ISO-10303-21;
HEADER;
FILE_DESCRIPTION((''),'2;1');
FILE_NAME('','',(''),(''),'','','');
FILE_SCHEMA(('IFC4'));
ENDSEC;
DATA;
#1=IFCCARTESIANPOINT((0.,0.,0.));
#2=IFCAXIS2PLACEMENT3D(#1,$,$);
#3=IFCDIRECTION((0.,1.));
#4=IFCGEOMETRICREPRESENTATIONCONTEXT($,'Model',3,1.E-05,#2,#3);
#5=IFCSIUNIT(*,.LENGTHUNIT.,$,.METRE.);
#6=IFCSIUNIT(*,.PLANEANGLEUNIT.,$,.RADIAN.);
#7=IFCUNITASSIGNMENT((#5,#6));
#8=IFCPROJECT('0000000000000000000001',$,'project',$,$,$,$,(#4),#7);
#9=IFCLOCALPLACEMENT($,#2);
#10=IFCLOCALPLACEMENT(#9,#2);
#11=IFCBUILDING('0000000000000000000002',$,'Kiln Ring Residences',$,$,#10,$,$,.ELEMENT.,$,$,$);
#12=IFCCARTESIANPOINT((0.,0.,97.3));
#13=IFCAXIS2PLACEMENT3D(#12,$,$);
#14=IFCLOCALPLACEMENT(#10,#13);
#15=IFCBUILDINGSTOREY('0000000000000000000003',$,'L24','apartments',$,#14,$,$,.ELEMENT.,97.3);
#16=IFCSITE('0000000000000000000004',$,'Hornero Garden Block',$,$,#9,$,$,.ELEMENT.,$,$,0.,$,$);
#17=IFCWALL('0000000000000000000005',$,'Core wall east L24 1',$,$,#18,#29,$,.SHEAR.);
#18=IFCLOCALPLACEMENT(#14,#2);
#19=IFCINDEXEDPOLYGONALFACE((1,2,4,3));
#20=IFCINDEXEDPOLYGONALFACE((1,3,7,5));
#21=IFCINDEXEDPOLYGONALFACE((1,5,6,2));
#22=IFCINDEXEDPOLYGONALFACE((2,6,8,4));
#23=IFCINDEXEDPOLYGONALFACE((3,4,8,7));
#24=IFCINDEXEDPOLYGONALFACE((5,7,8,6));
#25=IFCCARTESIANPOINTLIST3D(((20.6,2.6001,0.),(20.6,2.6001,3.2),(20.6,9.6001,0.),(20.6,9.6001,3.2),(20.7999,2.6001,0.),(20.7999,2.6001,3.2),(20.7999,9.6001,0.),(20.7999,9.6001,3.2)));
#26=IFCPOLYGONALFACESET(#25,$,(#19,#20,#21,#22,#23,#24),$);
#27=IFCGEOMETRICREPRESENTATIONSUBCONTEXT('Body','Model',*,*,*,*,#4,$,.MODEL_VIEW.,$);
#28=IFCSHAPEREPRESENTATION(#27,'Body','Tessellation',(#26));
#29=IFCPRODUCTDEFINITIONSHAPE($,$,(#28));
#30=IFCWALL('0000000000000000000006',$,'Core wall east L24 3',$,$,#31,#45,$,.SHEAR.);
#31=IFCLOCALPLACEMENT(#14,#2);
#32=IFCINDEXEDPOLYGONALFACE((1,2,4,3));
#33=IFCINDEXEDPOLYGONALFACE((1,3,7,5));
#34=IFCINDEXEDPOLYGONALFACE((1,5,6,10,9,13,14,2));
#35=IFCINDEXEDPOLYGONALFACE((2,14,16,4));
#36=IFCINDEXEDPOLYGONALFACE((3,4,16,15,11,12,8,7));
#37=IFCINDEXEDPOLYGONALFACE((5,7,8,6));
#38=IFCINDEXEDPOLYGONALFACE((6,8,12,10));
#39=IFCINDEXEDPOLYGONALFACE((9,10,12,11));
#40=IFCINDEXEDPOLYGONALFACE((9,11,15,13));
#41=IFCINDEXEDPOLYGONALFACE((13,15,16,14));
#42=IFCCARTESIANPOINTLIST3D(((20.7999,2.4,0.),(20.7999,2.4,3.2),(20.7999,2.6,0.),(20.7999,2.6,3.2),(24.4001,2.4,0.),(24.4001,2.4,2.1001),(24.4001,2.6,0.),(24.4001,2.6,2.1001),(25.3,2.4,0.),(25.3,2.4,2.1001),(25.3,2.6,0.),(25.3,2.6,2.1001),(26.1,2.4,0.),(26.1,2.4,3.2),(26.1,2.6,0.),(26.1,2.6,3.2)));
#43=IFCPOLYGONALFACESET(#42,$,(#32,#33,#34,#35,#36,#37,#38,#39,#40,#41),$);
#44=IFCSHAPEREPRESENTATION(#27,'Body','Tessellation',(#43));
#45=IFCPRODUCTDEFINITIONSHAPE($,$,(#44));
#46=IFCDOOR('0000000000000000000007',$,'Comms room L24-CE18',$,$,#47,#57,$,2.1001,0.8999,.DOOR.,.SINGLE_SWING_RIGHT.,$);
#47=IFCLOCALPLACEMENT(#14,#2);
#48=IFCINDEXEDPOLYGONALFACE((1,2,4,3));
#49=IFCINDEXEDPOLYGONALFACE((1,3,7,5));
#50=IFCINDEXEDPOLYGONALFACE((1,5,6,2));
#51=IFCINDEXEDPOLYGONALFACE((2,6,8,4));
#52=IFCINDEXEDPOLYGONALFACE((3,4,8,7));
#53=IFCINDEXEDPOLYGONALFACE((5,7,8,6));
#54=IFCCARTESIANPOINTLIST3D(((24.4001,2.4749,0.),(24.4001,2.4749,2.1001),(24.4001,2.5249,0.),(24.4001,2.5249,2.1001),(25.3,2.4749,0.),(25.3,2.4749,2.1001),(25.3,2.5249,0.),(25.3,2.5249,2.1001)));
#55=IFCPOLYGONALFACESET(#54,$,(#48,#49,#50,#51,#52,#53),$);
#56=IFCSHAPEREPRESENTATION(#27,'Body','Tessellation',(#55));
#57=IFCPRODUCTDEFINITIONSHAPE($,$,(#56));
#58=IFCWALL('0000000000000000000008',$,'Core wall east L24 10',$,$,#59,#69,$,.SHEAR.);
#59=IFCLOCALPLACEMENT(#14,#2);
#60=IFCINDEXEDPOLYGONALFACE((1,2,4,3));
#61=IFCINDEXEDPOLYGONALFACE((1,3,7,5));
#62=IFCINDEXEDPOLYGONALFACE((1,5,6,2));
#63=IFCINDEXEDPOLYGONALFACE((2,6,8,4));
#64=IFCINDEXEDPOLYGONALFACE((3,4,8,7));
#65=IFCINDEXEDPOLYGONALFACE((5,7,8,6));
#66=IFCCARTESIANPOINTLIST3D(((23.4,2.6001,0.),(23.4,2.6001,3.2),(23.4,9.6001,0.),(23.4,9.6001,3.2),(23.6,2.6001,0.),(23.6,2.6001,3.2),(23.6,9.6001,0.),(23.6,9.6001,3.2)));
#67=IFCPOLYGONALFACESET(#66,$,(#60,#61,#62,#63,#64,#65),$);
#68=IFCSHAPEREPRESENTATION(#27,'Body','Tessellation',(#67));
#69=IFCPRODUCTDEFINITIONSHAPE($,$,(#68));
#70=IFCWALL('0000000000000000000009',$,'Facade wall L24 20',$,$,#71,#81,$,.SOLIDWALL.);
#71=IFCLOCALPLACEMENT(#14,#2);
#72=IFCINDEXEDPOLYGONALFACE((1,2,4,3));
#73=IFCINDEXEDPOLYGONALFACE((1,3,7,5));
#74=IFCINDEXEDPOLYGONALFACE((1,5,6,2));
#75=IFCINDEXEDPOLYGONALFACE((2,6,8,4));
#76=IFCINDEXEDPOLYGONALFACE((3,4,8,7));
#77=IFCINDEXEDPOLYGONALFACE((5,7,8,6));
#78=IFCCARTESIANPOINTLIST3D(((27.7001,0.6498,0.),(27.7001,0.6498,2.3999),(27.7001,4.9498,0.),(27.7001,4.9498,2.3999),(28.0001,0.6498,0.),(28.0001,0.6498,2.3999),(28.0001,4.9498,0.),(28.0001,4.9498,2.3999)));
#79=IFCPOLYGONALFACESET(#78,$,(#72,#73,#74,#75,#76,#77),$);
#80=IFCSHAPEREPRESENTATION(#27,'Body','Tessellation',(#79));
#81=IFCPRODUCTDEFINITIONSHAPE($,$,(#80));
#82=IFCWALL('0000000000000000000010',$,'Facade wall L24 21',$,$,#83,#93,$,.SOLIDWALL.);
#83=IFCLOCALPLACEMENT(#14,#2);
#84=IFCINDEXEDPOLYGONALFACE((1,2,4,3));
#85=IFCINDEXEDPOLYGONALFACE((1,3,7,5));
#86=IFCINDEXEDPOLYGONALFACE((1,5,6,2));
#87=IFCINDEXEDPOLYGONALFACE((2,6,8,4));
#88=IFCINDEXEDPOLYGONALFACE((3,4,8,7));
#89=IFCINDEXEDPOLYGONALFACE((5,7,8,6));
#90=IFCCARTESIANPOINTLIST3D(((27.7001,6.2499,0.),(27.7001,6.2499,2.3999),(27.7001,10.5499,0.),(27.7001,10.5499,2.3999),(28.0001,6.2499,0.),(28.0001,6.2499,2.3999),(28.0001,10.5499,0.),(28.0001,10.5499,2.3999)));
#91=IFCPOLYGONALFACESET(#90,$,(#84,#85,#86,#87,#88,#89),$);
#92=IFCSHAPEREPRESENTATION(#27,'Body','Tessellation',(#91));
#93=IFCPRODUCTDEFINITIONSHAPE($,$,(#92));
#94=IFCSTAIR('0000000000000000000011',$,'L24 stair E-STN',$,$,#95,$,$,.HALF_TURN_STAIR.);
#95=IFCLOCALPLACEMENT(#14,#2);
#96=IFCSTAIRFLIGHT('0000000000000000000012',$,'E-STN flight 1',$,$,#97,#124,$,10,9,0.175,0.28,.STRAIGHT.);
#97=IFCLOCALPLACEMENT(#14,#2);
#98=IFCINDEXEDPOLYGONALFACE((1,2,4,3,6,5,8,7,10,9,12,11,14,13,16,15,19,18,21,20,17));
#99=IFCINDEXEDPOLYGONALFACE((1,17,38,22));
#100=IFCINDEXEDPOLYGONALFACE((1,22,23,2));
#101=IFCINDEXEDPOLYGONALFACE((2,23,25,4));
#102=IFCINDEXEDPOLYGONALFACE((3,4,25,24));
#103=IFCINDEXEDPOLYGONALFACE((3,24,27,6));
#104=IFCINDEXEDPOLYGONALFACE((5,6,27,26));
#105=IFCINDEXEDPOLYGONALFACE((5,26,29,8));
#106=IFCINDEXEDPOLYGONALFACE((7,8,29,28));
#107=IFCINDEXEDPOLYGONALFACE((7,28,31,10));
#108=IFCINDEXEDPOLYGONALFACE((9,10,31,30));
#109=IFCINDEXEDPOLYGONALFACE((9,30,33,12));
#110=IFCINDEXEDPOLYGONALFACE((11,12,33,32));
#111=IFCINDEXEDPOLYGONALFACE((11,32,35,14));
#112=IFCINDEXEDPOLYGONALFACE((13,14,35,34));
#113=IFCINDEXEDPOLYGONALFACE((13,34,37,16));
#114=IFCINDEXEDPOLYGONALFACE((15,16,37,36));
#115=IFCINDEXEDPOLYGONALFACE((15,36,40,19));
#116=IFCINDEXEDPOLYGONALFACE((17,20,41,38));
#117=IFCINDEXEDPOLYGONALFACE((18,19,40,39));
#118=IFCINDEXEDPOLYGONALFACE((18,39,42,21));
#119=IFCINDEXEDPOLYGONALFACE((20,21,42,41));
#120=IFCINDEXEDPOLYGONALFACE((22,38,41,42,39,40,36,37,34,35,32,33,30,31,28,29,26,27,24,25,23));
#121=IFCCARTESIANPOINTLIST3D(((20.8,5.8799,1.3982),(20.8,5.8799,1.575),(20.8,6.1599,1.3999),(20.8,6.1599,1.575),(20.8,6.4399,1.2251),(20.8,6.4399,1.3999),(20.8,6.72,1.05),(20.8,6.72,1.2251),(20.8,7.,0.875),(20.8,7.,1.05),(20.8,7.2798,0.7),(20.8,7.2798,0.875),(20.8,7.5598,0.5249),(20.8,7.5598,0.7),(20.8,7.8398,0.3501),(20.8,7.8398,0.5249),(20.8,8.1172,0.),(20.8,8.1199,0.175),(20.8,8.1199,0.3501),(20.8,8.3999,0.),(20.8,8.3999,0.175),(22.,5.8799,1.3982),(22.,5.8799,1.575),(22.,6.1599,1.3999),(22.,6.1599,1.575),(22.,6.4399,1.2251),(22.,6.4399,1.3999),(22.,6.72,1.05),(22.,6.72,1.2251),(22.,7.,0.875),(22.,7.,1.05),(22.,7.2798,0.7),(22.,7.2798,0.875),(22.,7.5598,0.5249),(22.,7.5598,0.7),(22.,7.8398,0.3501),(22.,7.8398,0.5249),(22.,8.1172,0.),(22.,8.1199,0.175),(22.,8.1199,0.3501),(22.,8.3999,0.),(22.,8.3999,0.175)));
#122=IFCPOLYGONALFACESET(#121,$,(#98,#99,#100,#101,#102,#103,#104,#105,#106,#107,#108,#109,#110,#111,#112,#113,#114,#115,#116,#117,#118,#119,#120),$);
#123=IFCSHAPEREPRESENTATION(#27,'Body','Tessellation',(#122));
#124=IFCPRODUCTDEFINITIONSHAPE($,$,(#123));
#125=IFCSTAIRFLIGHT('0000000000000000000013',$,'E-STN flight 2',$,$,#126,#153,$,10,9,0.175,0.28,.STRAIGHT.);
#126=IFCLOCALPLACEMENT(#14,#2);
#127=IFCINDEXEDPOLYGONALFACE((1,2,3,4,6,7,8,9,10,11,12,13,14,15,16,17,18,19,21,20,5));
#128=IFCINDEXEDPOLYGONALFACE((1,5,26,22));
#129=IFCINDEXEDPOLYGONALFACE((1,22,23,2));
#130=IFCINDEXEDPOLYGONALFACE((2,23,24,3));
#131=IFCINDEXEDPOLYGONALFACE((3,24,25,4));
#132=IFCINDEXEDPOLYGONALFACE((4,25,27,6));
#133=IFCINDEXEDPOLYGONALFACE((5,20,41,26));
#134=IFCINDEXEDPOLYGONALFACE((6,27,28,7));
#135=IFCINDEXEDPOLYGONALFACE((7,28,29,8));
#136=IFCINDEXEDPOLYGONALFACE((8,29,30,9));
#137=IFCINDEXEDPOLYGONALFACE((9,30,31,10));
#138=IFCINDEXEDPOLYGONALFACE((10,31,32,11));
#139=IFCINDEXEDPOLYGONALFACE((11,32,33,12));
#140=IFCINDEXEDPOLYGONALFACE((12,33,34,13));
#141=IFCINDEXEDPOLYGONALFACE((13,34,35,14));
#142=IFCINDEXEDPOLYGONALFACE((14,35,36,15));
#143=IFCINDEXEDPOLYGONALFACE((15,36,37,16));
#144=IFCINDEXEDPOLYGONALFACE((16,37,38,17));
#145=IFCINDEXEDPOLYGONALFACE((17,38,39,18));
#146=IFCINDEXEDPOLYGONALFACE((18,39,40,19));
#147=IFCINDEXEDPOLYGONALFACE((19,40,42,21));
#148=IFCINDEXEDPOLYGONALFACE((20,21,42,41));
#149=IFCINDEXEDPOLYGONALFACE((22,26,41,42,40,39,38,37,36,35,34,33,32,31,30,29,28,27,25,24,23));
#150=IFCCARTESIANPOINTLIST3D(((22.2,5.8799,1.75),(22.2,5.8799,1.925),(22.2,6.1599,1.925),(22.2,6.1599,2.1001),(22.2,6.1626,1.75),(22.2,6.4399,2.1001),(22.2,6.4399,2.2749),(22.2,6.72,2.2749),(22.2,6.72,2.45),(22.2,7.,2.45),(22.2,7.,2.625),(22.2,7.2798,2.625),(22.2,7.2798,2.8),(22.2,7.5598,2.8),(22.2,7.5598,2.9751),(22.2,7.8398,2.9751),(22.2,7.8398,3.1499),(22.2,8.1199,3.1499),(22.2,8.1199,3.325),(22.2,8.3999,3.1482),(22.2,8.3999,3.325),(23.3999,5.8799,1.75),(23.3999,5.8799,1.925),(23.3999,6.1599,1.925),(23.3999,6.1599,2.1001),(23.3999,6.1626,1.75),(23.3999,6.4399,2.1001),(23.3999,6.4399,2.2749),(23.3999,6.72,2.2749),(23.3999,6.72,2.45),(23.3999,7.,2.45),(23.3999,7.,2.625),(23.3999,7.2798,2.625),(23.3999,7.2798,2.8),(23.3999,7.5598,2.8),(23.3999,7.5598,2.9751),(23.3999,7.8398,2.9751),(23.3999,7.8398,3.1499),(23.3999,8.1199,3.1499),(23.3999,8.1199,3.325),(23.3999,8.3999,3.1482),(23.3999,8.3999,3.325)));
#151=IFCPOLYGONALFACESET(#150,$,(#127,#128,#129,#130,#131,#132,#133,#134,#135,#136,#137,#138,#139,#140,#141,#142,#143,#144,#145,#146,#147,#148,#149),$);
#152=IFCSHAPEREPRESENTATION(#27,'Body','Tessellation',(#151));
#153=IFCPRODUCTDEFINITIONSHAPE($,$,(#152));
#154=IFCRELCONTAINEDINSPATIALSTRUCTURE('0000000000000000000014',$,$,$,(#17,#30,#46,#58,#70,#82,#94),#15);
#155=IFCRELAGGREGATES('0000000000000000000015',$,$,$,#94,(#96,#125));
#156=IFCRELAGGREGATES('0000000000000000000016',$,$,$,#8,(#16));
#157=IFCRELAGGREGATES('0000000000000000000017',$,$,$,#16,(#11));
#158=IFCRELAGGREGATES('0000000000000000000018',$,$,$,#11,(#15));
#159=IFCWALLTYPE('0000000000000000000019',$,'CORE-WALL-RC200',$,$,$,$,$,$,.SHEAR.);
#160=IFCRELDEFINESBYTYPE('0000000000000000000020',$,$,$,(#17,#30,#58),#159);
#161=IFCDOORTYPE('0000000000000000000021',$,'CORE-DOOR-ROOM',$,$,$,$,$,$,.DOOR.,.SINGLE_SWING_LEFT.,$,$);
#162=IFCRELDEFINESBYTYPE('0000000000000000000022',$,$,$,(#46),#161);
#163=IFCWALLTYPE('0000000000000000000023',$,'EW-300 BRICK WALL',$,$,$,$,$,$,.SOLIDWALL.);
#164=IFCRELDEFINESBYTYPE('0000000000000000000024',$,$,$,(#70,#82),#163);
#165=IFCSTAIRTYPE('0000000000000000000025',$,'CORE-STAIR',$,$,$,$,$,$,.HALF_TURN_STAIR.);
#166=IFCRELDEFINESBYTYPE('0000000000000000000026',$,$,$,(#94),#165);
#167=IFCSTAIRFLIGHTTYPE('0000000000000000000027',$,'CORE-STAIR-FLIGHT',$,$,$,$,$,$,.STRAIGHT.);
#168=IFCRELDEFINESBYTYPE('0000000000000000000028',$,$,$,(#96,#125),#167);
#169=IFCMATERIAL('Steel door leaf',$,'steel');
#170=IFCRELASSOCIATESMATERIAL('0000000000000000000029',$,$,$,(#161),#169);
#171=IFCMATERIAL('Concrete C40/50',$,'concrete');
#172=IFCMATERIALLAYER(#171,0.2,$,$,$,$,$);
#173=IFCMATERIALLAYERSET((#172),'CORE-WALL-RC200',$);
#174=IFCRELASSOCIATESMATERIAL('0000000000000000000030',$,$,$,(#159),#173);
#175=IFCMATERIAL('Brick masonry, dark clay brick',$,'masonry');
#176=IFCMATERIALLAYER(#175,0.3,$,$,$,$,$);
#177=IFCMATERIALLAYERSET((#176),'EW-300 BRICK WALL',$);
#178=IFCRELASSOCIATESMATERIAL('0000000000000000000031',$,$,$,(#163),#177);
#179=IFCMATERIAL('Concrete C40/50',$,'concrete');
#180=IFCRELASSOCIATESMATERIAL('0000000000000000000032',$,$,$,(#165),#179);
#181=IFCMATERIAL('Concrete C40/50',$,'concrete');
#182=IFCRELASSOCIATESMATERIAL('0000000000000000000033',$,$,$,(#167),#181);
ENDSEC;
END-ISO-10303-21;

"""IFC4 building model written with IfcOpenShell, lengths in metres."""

from ifc_helpers import new_model, si_unit, direction, frame, frame_2d, origin, place, context, subcontext, project, spatial, polyline, rectangle, outline, extrude, material, layer, layer_set, type_object, element, fill, aggregate, save


model = new_model("IFC4")

# Units and contexts
model_context = context("Model", 3, precision=1e-05, world=origin(), true_north=direction((0.0, 1.0)))
body_context = subcontext(model_context, "Body", "Model", "MODEL_VIEW")
ifc_project = project(units=[si_unit("LENGTHUNIT", "METRE"), si_unit("PLANEANGLEUNIT", "RADIAN")], contexts=[model_context])

# Site, building, storey
site_placement = place(None, origin())
site = spatial("IfcSite", under=ifc_project, at=site_placement, Name="Hornero Garden Block", CompositionType="ELEMENT", RefElevation=0.0)
building_placement = place(site_placement, origin())
building = spatial("IfcBuilding", under=site, at=building_placement, Name="Kiln Ring Residences", CompositionType="ELEMENT")
storey_placement = place(building_placement, frame((0.0, 0.0, 97.3)))
storey = spatial("IfcBuildingStorey", under=building, at=storey_placement, Name="L24", Description="apartments", CompositionType="ELEMENT", Elevation=97.3)

# Shared definitions
ifc_material_1 = material(Name="Steel door leaf", Category="steel")
door_type = type_object("IfcDoorType", Name="CORE-DOOR-ROOM", OperationType="SINGLE_SWING_LEFT", PredefinedType="DOOR", material=ifc_material_1)

# Wall
ifc_material_2 = material(Name="Concrete C40/50", Category="concrete")
ifc_layer_1 = layer(ifc_material_2, 0.2)
ifc_layer_set_1 = layer_set([ifc_layer_1], Name="CORE-WALL-RC200")
wall_type_1 = type_object("IfcWallType", Name="CORE-WALL-RC200", PredefinedType="SHEAR", material=ifc_layer_set_1)
wall_1_placement = place(storey_placement, frame((20.7, 2.6001, 0.0), z_axis=(0.0, 0.0, 1.0), x_axis=(0.0, 1.0, 0.0)))
element("IfcWall", 1, at=wall_1_placement, inside=storey, type_object=wall_type_1, Name="Core wall east L24 1", PredefinedType="SHEAR", context=body_context, shape_type="SweptSolid", body=[
    extrude(rectangle(XDim=7.0, YDim=0.2, at=frame_2d((3.5, 0.0))), origin(), (0.0, 0.0, 1.0), 3.2),
])

# Wall, opening, door
wall_2_placement = place(storey_placement, frame((20.8, 2.5, 0.0), z_axis=(0.0, 0.0, 1.0), x_axis=(1.0, 0.0, 0.0)))
wall_2 = element("IfcWall", 2, at=wall_2_placement, inside=storey, type_object=wall_type_1, Name="Core wall east L24 3", PredefinedType="SHEAR", context=body_context, shape_type="SweptSolid", body=[
    extrude(rectangle(XDim=5.3, YDim=0.2, at=frame_2d((2.6499, 0.0))), origin(), (0.0, 0.0, 1.0), 3.2),
])
opening_1_placement = place(wall_2_placement, frame((3.6001, 0.0, 0.0)))
opening_1 = element("IfcOpeningElement", 3, at=opening_1_placement, cuts=wall_2, PredefinedType="OPENING", context=body_context, shape_type="SweptSolid", body=[
    extrude(rectangle(XDim=0.8999, YDim=2.1001, at=frame_2d((0.45, 1.05))), frame((0.0, 0.1099, 0.0), z_axis=(0.0, -1.0, 0.0), x_axis=(1.0, 0.0, 0.0)), (0.0, 0.0, 1.0), 0.22),
])
door_1_placement = place(opening_1_placement, origin())
door_1 = element("IfcDoor", 4, at=door_1_placement, inside=storey, type_object=door_type, Name="Comms room L24-CE18", OperationType="SINGLE_SWING_RIGHT", OverallHeight=2.1001, OverallWidth=0.8999, PredefinedType="DOOR", context=body_context, shape_type="SweptSolid", body=[
    extrude(rectangle(XDim=0.8999, YDim=2.1001, at=frame_2d((0.45, 1.05))), frame((0.0, 0.0249, 0.0), z_axis=(0.0, -1.0, 0.0), x_axis=(1.0, 0.0, 0.0)), (0.0, 0.0, 1.0), 0.05),
])
fill(opening_1, door_1)

# Walls
wall_3_placement = place(storey_placement, frame((23.5, 2.6001, 0.0), z_axis=(0.0, 0.0, 1.0), x_axis=(0.0, 1.0, 0.0)))
element("IfcWall", 5, at=wall_3_placement, inside=storey, type_object=wall_type_1, Name="Core wall east L24 10", PredefinedType="SHEAR", context=body_context, shape_type="SweptSolid", body=[
    extrude(rectangle(XDim=7.0, YDim=0.2, at=frame_2d((3.5, 0.0))), origin(), (0.0, 0.0, 1.0), 3.2),
])
ifc_material_3 = material(Name="Brick masonry, dark clay brick", Category="masonry")
ifc_layer_2 = layer(ifc_material_3, 0.3)
ifc_layer_set_2 = layer_set([ifc_layer_2], Name="EW-300 BRICK WALL")
wall_type_2 = type_object("IfcWallType", Name="EW-300 BRICK WALL", PredefinedType="SOLIDWALL", material=ifc_layer_set_2)
for number, where, z_axis, x_axis, name in (
    (6, (27.8501, 0.6499, 0.0), (0.0, 0.0, 1.0), (0.0, 1.0, 0.0), "Facade wall L24 20"),
    (7, (27.8501, 6.25, 0.0), (0.0, 0.0, 1.0), (0.0, 1.0, 0.0), "Facade wall L24 21"),
):
    element("IfcWall", number, at=place(storey_placement, frame(where, z_axis=z_axis, x_axis=x_axis)), inside=storey, type_object=wall_type_2, Name=name, PredefinedType="SOLIDWALL", context=body_context, shape_type="SweptSolid", body=[
        extrude(rectangle(XDim=4.3, YDim=0.3, at=frame_2d((2.1499, 0.0))), origin(), (0.0, 0.0, 1.0), 2.3999),
    ])

# Stair, stair flights
ifc_material_4 = material(Name="Concrete C40/50", Category="concrete")
stair_type = type_object("IfcStairType", Name="CORE-STAIR", PredefinedType="HALF_TURN_STAIR", material=ifc_material_4)
stair_placement = place(storey_placement, origin())
stair = element("IfcStair", 8, at=stair_placement, inside=storey, type_object=stair_type, Name="L24 stair E-STN", PredefinedType="HALF_TURN_STAIR")
ifc_material_5 = material(Name="Concrete C40/50", Category="concrete")
stair_flight_type = type_object("IfcStairFlightType", Name="CORE-STAIR-FLIGHT", PredefinedType="STRAIGHT", material=ifc_material_5)
stair_flight_1_placement = place(storey_placement, frame((21.3999, 8.3999, 0.0), z_axis=(0.0, 0.0, 1.0), x_axis=(0.0, -1.0, 0.0)))
stair_flight_1 = element("IfcStairFlight", 9, at=stair_flight_1_placement, type_object=stair_flight_type, Name="E-STN flight 1", NumberOfRisers=10, NumberOfTreads=9, PredefinedType="STRAIGHT", RiserHeight=0.175, TreadLength=0.28, context=body_context, shape_type="SweptSolid", body=[
    extrude(outline(polyline([(0.0, 0.0), (0.0, 0.175), (0.28, 0.175), (0.28, 0.3501), (0.5601, 0.3501), (0.5601, 0.5249), (0.8401, 0.5249), (0.8401, 0.7), (1.1201, 0.7), (1.1201, 0.875), (1.3999, 0.875), (1.3999, 1.05), (1.6799, 1.05), (1.6799, 1.2251), (1.96, 1.2251), (1.96, 1.3999), (2.24, 1.3999), (2.24, 1.575), (2.52, 1.575), (2.52, 1.75), (2.52, 1.3982), (0.2827, 0.0), (0.0, 0.0)])), frame((0.0, 0.6001, 0.0), z_axis=(0.0, -1.0, 0.0), x_axis=(1.0, 0.0, 0.0)), (0.0, 0.0, 1.0), 1.2),
])
stair_flight_2_placement = place(storey_placement, frame((22.8, 5.8799, 1.75), z_axis=(0.0, 0.0, 1.0), x_axis=(0.0, 1.0, 0.0)))
stair_flight_2 = element("IfcStairFlight", 10, at=stair_flight_2_placement, type_object=stair_flight_type, Name="E-STN flight 2", NumberOfRisers=10, NumberOfTreads=9, PredefinedType="STRAIGHT", RiserHeight=0.175, TreadLength=0.28, context=body_context, shape_type="SweptSolid", body=[
    extrude(outline(polyline([(0.0, 0.0), (0.0, 0.175), (0.28, 0.175), (0.28, 0.3501), (0.5601, 0.3501), (0.5601, 0.5249), (0.8401, 0.5249), (0.8401, 0.7), (1.1201, 0.7), (1.1201, 0.875), (1.3999, 0.875), (1.3999, 1.05), (1.6799, 1.05), (1.6799, 1.2251), (1.96, 1.2251), (1.96, 1.3999), (2.24, 1.3999), (2.24, 1.575), (2.52, 1.575), (2.52, 1.75), (2.52, 1.3982), (0.2827, 0.0), (0.0, 0.0)])), frame((0.0, 0.6001, 0.0), z_axis=(0.0, -1.0, 0.0), x_axis=(1.0, 0.0, 0.0)), (0.0, 0.0, 1.0), 1.2),
])
aggregate(stair, [stair_flight_1, stair_flight_2])

save(model, "model.ifc")
